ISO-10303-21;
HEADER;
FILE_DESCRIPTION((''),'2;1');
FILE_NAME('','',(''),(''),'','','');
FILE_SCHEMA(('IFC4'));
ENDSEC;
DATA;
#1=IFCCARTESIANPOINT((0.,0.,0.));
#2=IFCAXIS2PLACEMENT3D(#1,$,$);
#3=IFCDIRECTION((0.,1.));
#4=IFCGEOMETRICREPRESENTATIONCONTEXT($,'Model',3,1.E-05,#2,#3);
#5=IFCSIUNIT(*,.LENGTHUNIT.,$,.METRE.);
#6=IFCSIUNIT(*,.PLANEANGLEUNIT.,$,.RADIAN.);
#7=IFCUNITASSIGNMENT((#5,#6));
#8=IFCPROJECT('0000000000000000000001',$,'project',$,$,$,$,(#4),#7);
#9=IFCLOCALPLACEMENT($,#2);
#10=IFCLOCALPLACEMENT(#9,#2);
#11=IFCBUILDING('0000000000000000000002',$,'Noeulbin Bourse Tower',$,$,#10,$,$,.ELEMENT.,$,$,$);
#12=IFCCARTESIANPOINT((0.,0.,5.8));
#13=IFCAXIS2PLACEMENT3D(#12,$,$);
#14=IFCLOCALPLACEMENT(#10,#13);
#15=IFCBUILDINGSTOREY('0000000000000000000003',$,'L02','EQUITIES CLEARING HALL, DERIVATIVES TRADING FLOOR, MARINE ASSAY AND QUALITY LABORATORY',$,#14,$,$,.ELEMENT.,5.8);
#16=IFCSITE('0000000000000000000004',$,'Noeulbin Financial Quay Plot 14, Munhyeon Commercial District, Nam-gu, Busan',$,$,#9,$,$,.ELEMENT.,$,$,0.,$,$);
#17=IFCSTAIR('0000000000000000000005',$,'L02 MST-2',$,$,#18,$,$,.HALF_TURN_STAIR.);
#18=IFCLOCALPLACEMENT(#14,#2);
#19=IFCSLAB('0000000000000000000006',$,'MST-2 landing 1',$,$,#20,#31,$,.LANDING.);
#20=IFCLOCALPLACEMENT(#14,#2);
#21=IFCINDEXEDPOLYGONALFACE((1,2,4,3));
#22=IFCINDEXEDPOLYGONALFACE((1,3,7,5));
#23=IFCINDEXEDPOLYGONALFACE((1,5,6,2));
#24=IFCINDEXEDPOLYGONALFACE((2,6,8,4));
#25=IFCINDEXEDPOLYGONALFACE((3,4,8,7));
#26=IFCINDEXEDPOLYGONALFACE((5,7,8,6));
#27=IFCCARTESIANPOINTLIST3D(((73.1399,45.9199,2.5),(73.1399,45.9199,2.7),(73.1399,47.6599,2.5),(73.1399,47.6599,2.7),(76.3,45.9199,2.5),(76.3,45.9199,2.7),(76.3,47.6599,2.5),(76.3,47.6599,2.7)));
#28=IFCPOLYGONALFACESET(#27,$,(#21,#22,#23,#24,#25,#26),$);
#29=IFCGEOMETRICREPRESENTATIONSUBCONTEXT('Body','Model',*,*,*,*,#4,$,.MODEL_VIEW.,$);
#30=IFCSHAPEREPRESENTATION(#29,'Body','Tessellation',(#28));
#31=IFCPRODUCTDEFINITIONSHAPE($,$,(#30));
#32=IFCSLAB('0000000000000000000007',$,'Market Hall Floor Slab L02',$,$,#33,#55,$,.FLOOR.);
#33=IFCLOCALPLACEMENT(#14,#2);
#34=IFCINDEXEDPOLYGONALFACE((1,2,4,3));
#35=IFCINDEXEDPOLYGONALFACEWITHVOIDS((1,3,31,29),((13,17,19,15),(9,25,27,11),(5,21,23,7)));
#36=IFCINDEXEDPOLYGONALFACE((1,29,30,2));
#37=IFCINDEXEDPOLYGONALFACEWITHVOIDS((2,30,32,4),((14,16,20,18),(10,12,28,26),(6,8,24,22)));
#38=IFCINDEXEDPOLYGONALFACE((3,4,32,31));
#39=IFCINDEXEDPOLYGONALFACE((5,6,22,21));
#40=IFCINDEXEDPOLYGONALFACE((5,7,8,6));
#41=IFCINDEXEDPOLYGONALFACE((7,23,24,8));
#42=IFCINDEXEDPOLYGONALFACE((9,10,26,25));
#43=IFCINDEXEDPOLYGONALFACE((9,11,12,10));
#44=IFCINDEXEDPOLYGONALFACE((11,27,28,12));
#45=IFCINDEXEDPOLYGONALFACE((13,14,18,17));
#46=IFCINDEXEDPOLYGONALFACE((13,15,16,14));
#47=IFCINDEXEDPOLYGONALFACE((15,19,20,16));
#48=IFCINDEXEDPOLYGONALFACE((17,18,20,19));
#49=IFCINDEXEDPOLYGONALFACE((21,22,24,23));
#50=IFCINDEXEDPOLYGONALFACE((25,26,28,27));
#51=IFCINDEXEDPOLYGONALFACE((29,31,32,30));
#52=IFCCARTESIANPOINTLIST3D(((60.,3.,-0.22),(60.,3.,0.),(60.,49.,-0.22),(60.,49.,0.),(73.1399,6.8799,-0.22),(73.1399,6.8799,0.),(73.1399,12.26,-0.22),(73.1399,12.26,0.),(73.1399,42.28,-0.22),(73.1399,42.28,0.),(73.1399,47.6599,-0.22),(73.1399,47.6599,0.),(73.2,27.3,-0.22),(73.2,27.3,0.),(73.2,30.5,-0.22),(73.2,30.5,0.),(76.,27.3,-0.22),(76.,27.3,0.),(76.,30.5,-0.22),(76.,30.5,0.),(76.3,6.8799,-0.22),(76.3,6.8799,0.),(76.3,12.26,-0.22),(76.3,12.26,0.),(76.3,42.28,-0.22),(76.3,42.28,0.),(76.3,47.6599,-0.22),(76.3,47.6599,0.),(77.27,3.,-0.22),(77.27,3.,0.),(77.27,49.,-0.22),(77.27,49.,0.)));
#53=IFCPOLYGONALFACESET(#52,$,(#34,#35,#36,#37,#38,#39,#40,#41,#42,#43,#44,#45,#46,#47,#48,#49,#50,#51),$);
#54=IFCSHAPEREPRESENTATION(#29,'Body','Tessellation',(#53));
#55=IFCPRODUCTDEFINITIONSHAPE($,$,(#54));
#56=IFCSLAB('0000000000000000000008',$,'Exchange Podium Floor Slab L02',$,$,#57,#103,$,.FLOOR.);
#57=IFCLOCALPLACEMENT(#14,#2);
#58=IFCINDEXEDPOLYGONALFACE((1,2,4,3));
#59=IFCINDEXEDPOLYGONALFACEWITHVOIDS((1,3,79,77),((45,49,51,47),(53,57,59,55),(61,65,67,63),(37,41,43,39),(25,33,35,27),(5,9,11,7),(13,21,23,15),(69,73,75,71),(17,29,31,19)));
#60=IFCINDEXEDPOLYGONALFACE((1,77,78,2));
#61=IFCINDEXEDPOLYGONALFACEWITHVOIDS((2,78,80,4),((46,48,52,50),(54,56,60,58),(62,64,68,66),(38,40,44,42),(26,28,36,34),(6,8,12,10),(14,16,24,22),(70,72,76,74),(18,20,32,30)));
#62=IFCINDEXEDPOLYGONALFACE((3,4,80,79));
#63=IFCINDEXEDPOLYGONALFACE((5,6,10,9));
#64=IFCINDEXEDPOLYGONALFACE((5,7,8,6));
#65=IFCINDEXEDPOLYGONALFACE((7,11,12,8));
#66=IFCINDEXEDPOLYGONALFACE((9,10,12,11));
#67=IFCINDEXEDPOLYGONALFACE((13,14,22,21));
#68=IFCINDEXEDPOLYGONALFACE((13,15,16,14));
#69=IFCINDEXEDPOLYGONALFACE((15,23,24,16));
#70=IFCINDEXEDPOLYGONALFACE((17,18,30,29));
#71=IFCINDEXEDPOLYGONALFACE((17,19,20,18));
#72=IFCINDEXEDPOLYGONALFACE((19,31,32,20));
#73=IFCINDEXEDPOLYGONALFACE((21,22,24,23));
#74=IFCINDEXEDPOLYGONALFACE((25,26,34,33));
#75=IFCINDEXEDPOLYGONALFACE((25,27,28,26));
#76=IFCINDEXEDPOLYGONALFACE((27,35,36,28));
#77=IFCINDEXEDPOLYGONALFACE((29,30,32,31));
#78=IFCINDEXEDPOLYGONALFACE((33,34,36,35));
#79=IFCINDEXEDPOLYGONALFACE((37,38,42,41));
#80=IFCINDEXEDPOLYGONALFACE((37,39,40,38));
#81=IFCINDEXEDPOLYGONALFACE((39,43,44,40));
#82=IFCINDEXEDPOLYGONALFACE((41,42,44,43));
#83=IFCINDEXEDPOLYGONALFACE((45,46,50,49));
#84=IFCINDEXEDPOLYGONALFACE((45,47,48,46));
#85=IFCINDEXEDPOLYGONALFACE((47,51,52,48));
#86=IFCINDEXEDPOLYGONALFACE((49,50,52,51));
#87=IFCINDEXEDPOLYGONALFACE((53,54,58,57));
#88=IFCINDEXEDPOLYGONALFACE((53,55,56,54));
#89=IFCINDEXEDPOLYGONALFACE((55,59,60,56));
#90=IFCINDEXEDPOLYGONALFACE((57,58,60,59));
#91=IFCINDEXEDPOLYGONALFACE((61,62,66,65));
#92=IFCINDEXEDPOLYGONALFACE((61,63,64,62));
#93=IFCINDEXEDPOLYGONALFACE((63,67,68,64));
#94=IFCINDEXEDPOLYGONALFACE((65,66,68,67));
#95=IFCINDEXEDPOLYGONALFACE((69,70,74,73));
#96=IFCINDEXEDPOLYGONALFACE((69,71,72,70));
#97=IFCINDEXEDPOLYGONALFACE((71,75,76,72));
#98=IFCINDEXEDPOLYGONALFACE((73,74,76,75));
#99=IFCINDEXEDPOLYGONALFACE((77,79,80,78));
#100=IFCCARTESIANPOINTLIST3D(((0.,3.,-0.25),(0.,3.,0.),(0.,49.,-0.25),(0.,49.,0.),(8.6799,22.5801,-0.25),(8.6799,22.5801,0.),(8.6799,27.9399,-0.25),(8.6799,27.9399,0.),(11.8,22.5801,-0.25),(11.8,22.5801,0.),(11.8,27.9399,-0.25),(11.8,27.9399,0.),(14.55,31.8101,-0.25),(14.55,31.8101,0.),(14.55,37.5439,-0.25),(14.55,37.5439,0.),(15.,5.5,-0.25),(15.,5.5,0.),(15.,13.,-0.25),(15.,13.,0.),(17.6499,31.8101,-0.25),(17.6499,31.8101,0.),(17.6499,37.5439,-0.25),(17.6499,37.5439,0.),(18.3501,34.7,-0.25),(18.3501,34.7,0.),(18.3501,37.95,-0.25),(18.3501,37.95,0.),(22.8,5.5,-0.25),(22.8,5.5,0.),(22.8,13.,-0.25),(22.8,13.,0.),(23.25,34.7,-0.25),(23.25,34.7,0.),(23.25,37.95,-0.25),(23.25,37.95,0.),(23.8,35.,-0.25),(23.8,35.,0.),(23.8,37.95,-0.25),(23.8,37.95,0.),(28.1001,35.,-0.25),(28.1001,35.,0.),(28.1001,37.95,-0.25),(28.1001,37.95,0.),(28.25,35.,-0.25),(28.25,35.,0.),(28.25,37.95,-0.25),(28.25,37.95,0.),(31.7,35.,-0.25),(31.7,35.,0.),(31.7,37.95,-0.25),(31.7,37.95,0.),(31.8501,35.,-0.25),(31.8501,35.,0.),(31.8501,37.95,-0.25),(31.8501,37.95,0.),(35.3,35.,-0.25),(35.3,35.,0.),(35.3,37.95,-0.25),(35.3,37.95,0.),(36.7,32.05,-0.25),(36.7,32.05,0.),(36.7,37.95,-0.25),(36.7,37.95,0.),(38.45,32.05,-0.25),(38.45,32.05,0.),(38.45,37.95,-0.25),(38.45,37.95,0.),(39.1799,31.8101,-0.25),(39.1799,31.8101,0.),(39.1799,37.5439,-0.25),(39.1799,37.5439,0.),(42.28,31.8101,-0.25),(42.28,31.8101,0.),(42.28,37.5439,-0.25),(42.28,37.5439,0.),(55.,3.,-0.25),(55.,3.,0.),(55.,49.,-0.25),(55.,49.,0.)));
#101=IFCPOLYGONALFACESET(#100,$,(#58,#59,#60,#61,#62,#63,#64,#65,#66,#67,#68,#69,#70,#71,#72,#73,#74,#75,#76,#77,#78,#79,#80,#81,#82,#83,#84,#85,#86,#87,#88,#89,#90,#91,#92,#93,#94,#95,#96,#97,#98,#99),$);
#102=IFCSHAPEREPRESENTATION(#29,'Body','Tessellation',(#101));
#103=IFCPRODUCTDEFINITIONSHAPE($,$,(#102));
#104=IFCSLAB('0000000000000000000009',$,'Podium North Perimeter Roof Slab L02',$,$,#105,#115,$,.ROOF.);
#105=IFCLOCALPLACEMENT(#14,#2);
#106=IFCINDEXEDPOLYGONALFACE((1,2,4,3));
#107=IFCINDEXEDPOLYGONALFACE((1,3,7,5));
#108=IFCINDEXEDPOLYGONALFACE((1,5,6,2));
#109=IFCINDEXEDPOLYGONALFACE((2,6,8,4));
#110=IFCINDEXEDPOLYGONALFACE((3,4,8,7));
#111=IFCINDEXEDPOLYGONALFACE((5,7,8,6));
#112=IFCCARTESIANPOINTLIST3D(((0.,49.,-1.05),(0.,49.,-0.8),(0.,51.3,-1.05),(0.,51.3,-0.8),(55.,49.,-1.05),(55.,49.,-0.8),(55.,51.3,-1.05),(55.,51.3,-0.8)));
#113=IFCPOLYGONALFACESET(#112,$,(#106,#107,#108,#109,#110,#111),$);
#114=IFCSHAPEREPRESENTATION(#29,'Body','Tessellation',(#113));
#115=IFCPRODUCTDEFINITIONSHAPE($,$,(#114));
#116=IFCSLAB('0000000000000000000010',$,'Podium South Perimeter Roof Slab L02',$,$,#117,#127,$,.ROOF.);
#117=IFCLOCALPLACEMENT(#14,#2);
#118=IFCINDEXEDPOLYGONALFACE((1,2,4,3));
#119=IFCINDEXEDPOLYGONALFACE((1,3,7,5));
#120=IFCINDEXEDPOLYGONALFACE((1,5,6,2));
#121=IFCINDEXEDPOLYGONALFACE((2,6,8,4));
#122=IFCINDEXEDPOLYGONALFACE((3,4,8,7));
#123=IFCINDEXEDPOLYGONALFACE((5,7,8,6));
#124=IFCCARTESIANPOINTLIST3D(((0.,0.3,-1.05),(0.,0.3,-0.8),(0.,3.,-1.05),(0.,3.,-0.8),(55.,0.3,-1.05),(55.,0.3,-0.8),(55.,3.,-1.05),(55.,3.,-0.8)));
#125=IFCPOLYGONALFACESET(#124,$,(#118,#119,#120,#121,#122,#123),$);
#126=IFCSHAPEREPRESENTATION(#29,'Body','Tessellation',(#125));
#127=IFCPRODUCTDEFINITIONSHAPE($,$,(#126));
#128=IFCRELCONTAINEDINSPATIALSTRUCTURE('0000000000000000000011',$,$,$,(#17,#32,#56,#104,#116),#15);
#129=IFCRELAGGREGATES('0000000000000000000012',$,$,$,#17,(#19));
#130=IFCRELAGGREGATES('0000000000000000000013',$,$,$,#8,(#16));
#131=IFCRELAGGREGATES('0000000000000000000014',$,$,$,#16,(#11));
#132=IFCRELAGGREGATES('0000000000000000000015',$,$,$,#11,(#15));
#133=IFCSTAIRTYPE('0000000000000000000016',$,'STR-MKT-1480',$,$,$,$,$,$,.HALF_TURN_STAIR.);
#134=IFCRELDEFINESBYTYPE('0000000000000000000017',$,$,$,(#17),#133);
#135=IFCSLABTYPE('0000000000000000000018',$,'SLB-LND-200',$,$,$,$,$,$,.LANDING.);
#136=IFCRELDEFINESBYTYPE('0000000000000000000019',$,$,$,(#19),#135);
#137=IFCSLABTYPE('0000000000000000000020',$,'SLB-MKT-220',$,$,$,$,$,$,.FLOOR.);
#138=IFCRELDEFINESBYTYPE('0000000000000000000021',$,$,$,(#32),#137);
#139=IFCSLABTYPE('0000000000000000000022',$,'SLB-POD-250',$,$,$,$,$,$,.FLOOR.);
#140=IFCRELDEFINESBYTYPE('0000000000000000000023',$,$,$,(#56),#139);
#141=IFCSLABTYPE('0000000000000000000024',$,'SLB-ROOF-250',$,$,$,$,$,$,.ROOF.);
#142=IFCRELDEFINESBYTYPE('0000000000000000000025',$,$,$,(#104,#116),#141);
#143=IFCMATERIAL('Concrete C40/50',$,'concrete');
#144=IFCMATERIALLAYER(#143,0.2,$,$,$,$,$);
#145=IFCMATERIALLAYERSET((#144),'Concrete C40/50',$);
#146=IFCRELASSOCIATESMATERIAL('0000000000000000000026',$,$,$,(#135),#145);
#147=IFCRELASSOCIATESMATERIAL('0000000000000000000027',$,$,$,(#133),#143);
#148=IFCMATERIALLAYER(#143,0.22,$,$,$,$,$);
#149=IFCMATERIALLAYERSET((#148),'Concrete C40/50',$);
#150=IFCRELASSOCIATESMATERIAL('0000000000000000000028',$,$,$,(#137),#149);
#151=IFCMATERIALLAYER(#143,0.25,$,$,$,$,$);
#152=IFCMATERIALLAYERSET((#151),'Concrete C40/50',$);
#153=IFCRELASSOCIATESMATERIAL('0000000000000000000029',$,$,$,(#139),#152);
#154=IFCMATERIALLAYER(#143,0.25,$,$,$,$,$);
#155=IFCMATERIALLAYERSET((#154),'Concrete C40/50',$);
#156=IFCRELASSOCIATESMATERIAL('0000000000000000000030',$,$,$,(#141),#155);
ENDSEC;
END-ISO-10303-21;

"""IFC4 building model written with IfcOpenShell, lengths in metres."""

from ifc_helpers import new_model, si_unit, direction, frame, origin, place, context, subcontext, project, spatial, polyline, outline, extrude, material, layer, layer_set, type_object, element, aggregate, save


model = new_model("IFC4")

# Units and contexts
model_context = context("Model", 3, precision=1e-05, world=origin(), true_north=direction((0.0, 1.0)))
body_context = subcontext(model_context, "Body", "Model", "MODEL_VIEW")
ifc_project = project(units=[si_unit("LENGTHUNIT", "METRE"), si_unit("PLANEANGLEUNIT", "RADIAN")], contexts=[model_context])

# Site, building, storey
site_placement = place(None, origin())
site = spatial("IfcSite", under=ifc_project, at=site_placement, Name="Noeulbin Financial Quay Plot 14, Munhyeon Commercial District, Nam-gu, Busan", CompositionType="ELEMENT", RefElevation=0.0)
building_placement = place(site_placement, origin())
building = spatial("IfcBuilding", under=site, at=building_placement, Name="Noeulbin Bourse Tower", CompositionType="ELEMENT")
storey_placement = place(building_placement, frame((0.0, 0.0, 5.8)))
storey = spatial("IfcBuildingStorey", under=building, at=storey_placement, Name="L02", Description="EQUITIES CLEARING HALL, DERIVATIVES TRADING FLOOR, MARINE ASSAY AND QUALITY LABORATORY", CompositionType="ELEMENT", Elevation=5.8)

# Shared definitions
ifc_material_1 = material(Name="Concrete C40/50", Category="concrete")

# Stair, slab
ifc_layer_1 = layer(ifc_material_1, 0.2)
ifc_layer_set_1 = layer_set([ifc_layer_1], Name="Concrete C40/50")
slab_type_1 = type_object("IfcSlabType", Name="SLB-LND-200", PredefinedType="LANDING", material=ifc_layer_set_1)
stair_type_1 = type_object("IfcStairType", Name="STR-MKT-1480", PredefinedType="HALF_TURN_STAIR", material=ifc_material_1)
stair_1_placement = place(storey_placement, origin())
stair_1 = element("IfcStair", 1, at=stair_1_placement, inside=storey, type_object=stair_type_1, Name="L02 MST-2", PredefinedType="HALF_TURN_STAIR")
slab_1_placement = place(storey_placement, frame((0.0, 0.0, 2.5)))
slab_1 = element("IfcSlab", 2, at=slab_1_placement, type_object=slab_type_1, Name="MST-2 landing 1", PredefinedType="LANDING", context=body_context, shape_type="SweptSolid", body=[
    extrude(outline(polyline([(76.3, 45.9199), (76.3, 47.6599), (73.1399, 47.6599), (73.1399, 45.9199), (76.3, 45.9199)])), origin(), (0.0, 0.0, 1.0), 0.2),
])
aggregate(stair_1, [slab_1])

# Slabs, openings
ifc_layer_2 = layer(ifc_material_1, 0.22)
ifc_layer_set_2 = layer_set([ifc_layer_2], Name="Concrete C40/50")
slab_type_2 = type_object("IfcSlabType", Name="SLB-MKT-220", PredefinedType="FLOOR", material=ifc_layer_set_2)
slab_2_placement = place(storey_placement, frame((0.0, 0.0, -0.22)))
slab_2 = element("IfcSlab", 3, at=slab_2_placement, inside=storey, type_object=slab_type_2, Name="Market Hall Floor Slab L02", PredefinedType="FLOOR", context=body_context, shape_type="SweptSolid", body=[
    extrude(outline(polyline([(60.0, 3.0), (77.27, 3.0), (77.27, 49.0), (60.0, 49.0), (60.0, 3.0)]), holes=[polyline([(76.3, 6.8799), (76.3, 12.26), (73.1399, 12.26), (73.1399, 6.8799), (76.3, 6.8799)]), polyline([(76.3, 42.28), (76.3, 47.6599), (73.1399, 47.6599), (73.1399, 42.28), (76.3, 42.28)]), polyline([(73.2, 27.3), (76.0, 27.3), (76.0, 30.5), (73.2, 30.5), (73.2, 27.3)])]), origin(), (0.0, 0.0, 1.0), 0.22),
])
opening_1_placement = place(slab_2_placement, frame((0.0, 0.0, -0.01)))
element("IfcOpeningElement", 4, at=opening_1_placement, cuts=slab_2, PredefinedType="OPENING", context=body_context, shape_type="SweptSolid", body=[
    extrude(outline(polyline([(76.3, 6.8799), (76.3, 12.26), (73.1399, 12.26), (73.1399, 6.8799), (76.3, 6.8799)])), origin(), (0.0, 0.0, 1.0), 0.24),
])
opening_2_placement = place(slab_2_placement, frame((0.0, 0.0, -0.01)))
element("IfcOpeningElement", 5, at=opening_2_placement, cuts=slab_2, PredefinedType="OPENING", context=body_context, shape_type="SweptSolid", body=[
    extrude(outline(polyline([(76.3, 42.28), (76.3, 47.6599), (73.1399, 47.6599), (73.1399, 42.28), (76.3, 42.28)])), origin(), (0.0, 0.0, 1.0), 0.24),
])
opening_3_placement = place(slab_2_placement, frame((0.0, 0.0, -0.01)))
element("IfcOpeningElement", 6, at=opening_3_placement, cuts=slab_2, PredefinedType="OPENING", context=body_context, shape_type="SweptSolid", body=[
    extrude(outline(polyline([(73.2, 27.3), (76.0, 27.3), (76.0, 30.5), (73.2, 30.5), (73.2, 27.3)])), origin(), (0.0, 0.0, 1.0), 0.24),
])
ifc_layer_3 = layer(ifc_material_1, 0.25)
ifc_layer_set_3 = layer_set([ifc_layer_3], Name="Concrete C40/50")
slab_type_3 = type_object("IfcSlabType", Name="SLB-POD-250", PredefinedType="FLOOR", material=ifc_layer_set_3)
slab_3_placement = place(storey_placement, frame((0.0, 0.0, -0.25)))
slab_3 = element("IfcSlab", 7, at=slab_3_placement, inside=storey, type_object=slab_type_3, Name="Exchange Podium Floor Slab L02", PredefinedType="FLOOR", context=body_context, shape_type="SweptSolid", body=[
    extrude(outline(polyline([(0.0, 3.0), (55.0, 3.0), (55.0, 49.0), (0.0, 49.0), (0.0, 3.0)]), holes=[polyline([(17.6499, 31.8101), (17.6499, 37.5439), (14.55, 37.5439), (14.55, 31.8101), (17.6499, 31.8101)]), polyline([(42.28, 31.8101), (42.28, 37.5439), (39.1799, 37.5439), (39.1799, 31.8101), (42.28, 31.8101)]), polyline([(11.8, 22.5801), (11.8, 27.9399), (8.6799, 27.9399), (8.6799, 22.5801), (11.8, 22.5801)]), polyline([(18.3501, 34.7), (23.25, 34.7), (23.25, 37.95), (18.3501, 37.95), (18.3501, 34.7)]), polyline([(36.7, 32.05), (38.45, 32.05), (38.45, 37.95), (36.7, 37.95), (36.7, 32.05)]), polyline([(23.8, 35.0), (28.1001, 35.0), (28.1001, 37.95), (23.8, 37.95), (23.8, 35.0)]), polyline([(28.25, 35.0), (31.7, 35.0), (31.7, 37.95), (28.25, 37.95), (28.25, 35.0)]), polyline([(31.8501, 35.0), (35.3, 35.0), (35.3, 37.95), (31.8501, 37.95), (31.8501, 35.0)]), polyline([(15.0, 5.5), (22.8, 5.5), (22.8, 13.0), (15.0, 13.0), (15.0, 5.5)])]), origin(), (0.0, 0.0, 1.0), 0.25),
])
opening_4_placement = place(slab_3_placement, frame((0.0, 0.0, -0.01)))
element("IfcOpeningElement", 8, at=opening_4_placement, cuts=slab_3, PredefinedType="OPENING", context=body_context, shape_type="SweptSolid", body=[
    extrude(outline(polyline([(17.6499, 31.8101), (17.6499, 37.5439), (14.55, 37.5439), (14.55, 31.8101), (17.6499, 31.8101)])), origin(), (0.0, 0.0, 1.0), 0.27),
])
opening_5_placement = place(slab_3_placement, frame((0.0, 0.0, -0.01)))
element("IfcOpeningElement", 9, at=opening_5_placement, cuts=slab_3, PredefinedType="OPENING", context=body_context, shape_type="SweptSolid", body=[
    extrude(outline(polyline([(42.28, 31.8101), (42.28, 37.5439), (39.1799, 37.5439), (39.1799, 31.8101), (42.28, 31.8101)])), origin(), (0.0, 0.0, 1.0), 0.27),
])
opening_6_placement = place(slab_3_placement, frame((0.0, 0.0, -0.01)))
element("IfcOpeningElement", 10, at=opening_6_placement, cuts=slab_3, PredefinedType="OPENING", context=body_context, shape_type="SweptSolid", body=[
    extrude(outline(polyline([(11.8, 22.5801), (11.8, 27.9399), (8.6799, 27.9399), (8.6799, 22.5801), (11.8, 22.5801)])), origin(), (0.0, 0.0, 1.0), 0.27),
])
opening_7_placement = place(slab_3_placement, frame((0.0, 0.0, -0.01)))
element("IfcOpeningElement", 11, at=opening_7_placement, cuts=slab_3, PredefinedType="OPENING", context=body_context, shape_type="SweptSolid", body=[
    extrude(outline(polyline([(18.3501, 34.7), (23.25, 34.7), (23.25, 37.95), (18.3501, 37.95), (18.3501, 34.7)])), origin(), (0.0, 0.0, 1.0), 0.27),
])
opening_8_placement = place(slab_3_placement, frame((0.0, 0.0, -0.01)))
element("IfcOpeningElement", 12, at=opening_8_placement, cuts=slab_3, PredefinedType="OPENING", context=body_context, shape_type="SweptSolid", body=[
    extrude(outline(polyline([(36.7, 32.05), (38.45, 32.05), (38.45, 37.95), (36.7, 37.95), (36.7, 32.05)])), origin(), (0.0, 0.0, 1.0), 0.27),
])
opening_9_placement = place(slab_3_placement, frame((0.0, 0.0, -0.01)))
element("IfcOpeningElement", 13, at=opening_9_placement, cuts=slab_3, PredefinedType="OPENING", context=body_context, shape_type="SweptSolid", body=[
    extrude(outline(polyline([(23.8, 35.0), (28.1001, 35.0), (28.1001, 37.95), (23.8, 37.95), (23.8, 35.0)])), origin(), (0.0, 0.0, 1.0), 0.27),
])
opening_10_placement = place(slab_3_placement, frame((0.0, 0.0, -0.01)))
element("IfcOpeningElement", 14, at=opening_10_placement, cuts=slab_3, PredefinedType="OPENING", context=body_context, shape_type="SweptSolid", body=[
    extrude(outline(polyline([(28.25, 35.0), (31.7, 35.0), (31.7, 37.95), (28.25, 37.95), (28.25, 35.0)])), origin(), (0.0, 0.0, 1.0), 0.27),
])
opening_11_placement = place(slab_3_placement, frame((0.0, 0.0, -0.01)))
element("IfcOpeningElement", 15, at=opening_11_placement, cuts=slab_3, PredefinedType="OPENING", context=body_context, shape_type="SweptSolid", body=[
    extrude(outline(polyline([(31.8501, 35.0), (35.3, 35.0), (35.3, 37.95), (31.8501, 37.95), (31.8501, 35.0)])), origin(), (0.0, 0.0, 1.0), 0.27),
])
opening_12_placement = place(slab_3_placement, frame((0.0, 0.0, -0.01)))
element("IfcOpeningElement", 16, at=opening_12_placement, cuts=slab_3, PredefinedType="OPENING", context=body_context, shape_type="SweptSolid", body=[
    extrude(outline(polyline([(15.0, 5.5), (22.8, 5.5), (22.8, 13.0), (15.0, 13.0), (15.0, 5.5)])), origin(), (0.0, 0.0, 1.0), 0.27),
])

# Slabs
ifc_layer_4 = layer(ifc_material_1, 0.25)
ifc_layer_set_4 = layer_set([ifc_layer_4], Name="Concrete C40/50")
slab_type_4 = type_object("IfcSlabType", Name="SLB-ROOF-250", PredefinedType="ROOF", material=ifc_layer_set_4)
slab_4_placement = place(storey_placement, frame((0.0, 0.0, -1.05)))
element("IfcSlab", 17, at=slab_4_placement, inside=storey, type_object=slab_type_4, Name="Podium North Perimeter Roof Slab L02", PredefinedType="ROOF", context=body_context, shape_type="SweptSolid", body=[
    extrude(outline(polyline([(0.0, 49.0), (55.0, 49.0), (55.0, 51.3), (0.0, 51.3), (0.0, 49.0)])), origin(), (0.0, 0.0, 1.0), 0.25),
])
slab_5_placement = place(storey_placement, frame((0.0, 0.0, -1.05)))
element("IfcSlab", 18, at=slab_5_placement, inside=storey, type_object=slab_type_4, Name="Podium South Perimeter Roof Slab L02", PredefinedType="ROOF", context=body_context, shape_type="SweptSolid", body=[
    extrude(outline(polyline([(0.0, 0.3), (55.0, 0.3), (55.0, 3.0), (0.0, 3.0), (0.0, 0.3)])), origin(), (0.0, 0.0, 1.0), 0.25),
])

save(model, "model.ifc")
